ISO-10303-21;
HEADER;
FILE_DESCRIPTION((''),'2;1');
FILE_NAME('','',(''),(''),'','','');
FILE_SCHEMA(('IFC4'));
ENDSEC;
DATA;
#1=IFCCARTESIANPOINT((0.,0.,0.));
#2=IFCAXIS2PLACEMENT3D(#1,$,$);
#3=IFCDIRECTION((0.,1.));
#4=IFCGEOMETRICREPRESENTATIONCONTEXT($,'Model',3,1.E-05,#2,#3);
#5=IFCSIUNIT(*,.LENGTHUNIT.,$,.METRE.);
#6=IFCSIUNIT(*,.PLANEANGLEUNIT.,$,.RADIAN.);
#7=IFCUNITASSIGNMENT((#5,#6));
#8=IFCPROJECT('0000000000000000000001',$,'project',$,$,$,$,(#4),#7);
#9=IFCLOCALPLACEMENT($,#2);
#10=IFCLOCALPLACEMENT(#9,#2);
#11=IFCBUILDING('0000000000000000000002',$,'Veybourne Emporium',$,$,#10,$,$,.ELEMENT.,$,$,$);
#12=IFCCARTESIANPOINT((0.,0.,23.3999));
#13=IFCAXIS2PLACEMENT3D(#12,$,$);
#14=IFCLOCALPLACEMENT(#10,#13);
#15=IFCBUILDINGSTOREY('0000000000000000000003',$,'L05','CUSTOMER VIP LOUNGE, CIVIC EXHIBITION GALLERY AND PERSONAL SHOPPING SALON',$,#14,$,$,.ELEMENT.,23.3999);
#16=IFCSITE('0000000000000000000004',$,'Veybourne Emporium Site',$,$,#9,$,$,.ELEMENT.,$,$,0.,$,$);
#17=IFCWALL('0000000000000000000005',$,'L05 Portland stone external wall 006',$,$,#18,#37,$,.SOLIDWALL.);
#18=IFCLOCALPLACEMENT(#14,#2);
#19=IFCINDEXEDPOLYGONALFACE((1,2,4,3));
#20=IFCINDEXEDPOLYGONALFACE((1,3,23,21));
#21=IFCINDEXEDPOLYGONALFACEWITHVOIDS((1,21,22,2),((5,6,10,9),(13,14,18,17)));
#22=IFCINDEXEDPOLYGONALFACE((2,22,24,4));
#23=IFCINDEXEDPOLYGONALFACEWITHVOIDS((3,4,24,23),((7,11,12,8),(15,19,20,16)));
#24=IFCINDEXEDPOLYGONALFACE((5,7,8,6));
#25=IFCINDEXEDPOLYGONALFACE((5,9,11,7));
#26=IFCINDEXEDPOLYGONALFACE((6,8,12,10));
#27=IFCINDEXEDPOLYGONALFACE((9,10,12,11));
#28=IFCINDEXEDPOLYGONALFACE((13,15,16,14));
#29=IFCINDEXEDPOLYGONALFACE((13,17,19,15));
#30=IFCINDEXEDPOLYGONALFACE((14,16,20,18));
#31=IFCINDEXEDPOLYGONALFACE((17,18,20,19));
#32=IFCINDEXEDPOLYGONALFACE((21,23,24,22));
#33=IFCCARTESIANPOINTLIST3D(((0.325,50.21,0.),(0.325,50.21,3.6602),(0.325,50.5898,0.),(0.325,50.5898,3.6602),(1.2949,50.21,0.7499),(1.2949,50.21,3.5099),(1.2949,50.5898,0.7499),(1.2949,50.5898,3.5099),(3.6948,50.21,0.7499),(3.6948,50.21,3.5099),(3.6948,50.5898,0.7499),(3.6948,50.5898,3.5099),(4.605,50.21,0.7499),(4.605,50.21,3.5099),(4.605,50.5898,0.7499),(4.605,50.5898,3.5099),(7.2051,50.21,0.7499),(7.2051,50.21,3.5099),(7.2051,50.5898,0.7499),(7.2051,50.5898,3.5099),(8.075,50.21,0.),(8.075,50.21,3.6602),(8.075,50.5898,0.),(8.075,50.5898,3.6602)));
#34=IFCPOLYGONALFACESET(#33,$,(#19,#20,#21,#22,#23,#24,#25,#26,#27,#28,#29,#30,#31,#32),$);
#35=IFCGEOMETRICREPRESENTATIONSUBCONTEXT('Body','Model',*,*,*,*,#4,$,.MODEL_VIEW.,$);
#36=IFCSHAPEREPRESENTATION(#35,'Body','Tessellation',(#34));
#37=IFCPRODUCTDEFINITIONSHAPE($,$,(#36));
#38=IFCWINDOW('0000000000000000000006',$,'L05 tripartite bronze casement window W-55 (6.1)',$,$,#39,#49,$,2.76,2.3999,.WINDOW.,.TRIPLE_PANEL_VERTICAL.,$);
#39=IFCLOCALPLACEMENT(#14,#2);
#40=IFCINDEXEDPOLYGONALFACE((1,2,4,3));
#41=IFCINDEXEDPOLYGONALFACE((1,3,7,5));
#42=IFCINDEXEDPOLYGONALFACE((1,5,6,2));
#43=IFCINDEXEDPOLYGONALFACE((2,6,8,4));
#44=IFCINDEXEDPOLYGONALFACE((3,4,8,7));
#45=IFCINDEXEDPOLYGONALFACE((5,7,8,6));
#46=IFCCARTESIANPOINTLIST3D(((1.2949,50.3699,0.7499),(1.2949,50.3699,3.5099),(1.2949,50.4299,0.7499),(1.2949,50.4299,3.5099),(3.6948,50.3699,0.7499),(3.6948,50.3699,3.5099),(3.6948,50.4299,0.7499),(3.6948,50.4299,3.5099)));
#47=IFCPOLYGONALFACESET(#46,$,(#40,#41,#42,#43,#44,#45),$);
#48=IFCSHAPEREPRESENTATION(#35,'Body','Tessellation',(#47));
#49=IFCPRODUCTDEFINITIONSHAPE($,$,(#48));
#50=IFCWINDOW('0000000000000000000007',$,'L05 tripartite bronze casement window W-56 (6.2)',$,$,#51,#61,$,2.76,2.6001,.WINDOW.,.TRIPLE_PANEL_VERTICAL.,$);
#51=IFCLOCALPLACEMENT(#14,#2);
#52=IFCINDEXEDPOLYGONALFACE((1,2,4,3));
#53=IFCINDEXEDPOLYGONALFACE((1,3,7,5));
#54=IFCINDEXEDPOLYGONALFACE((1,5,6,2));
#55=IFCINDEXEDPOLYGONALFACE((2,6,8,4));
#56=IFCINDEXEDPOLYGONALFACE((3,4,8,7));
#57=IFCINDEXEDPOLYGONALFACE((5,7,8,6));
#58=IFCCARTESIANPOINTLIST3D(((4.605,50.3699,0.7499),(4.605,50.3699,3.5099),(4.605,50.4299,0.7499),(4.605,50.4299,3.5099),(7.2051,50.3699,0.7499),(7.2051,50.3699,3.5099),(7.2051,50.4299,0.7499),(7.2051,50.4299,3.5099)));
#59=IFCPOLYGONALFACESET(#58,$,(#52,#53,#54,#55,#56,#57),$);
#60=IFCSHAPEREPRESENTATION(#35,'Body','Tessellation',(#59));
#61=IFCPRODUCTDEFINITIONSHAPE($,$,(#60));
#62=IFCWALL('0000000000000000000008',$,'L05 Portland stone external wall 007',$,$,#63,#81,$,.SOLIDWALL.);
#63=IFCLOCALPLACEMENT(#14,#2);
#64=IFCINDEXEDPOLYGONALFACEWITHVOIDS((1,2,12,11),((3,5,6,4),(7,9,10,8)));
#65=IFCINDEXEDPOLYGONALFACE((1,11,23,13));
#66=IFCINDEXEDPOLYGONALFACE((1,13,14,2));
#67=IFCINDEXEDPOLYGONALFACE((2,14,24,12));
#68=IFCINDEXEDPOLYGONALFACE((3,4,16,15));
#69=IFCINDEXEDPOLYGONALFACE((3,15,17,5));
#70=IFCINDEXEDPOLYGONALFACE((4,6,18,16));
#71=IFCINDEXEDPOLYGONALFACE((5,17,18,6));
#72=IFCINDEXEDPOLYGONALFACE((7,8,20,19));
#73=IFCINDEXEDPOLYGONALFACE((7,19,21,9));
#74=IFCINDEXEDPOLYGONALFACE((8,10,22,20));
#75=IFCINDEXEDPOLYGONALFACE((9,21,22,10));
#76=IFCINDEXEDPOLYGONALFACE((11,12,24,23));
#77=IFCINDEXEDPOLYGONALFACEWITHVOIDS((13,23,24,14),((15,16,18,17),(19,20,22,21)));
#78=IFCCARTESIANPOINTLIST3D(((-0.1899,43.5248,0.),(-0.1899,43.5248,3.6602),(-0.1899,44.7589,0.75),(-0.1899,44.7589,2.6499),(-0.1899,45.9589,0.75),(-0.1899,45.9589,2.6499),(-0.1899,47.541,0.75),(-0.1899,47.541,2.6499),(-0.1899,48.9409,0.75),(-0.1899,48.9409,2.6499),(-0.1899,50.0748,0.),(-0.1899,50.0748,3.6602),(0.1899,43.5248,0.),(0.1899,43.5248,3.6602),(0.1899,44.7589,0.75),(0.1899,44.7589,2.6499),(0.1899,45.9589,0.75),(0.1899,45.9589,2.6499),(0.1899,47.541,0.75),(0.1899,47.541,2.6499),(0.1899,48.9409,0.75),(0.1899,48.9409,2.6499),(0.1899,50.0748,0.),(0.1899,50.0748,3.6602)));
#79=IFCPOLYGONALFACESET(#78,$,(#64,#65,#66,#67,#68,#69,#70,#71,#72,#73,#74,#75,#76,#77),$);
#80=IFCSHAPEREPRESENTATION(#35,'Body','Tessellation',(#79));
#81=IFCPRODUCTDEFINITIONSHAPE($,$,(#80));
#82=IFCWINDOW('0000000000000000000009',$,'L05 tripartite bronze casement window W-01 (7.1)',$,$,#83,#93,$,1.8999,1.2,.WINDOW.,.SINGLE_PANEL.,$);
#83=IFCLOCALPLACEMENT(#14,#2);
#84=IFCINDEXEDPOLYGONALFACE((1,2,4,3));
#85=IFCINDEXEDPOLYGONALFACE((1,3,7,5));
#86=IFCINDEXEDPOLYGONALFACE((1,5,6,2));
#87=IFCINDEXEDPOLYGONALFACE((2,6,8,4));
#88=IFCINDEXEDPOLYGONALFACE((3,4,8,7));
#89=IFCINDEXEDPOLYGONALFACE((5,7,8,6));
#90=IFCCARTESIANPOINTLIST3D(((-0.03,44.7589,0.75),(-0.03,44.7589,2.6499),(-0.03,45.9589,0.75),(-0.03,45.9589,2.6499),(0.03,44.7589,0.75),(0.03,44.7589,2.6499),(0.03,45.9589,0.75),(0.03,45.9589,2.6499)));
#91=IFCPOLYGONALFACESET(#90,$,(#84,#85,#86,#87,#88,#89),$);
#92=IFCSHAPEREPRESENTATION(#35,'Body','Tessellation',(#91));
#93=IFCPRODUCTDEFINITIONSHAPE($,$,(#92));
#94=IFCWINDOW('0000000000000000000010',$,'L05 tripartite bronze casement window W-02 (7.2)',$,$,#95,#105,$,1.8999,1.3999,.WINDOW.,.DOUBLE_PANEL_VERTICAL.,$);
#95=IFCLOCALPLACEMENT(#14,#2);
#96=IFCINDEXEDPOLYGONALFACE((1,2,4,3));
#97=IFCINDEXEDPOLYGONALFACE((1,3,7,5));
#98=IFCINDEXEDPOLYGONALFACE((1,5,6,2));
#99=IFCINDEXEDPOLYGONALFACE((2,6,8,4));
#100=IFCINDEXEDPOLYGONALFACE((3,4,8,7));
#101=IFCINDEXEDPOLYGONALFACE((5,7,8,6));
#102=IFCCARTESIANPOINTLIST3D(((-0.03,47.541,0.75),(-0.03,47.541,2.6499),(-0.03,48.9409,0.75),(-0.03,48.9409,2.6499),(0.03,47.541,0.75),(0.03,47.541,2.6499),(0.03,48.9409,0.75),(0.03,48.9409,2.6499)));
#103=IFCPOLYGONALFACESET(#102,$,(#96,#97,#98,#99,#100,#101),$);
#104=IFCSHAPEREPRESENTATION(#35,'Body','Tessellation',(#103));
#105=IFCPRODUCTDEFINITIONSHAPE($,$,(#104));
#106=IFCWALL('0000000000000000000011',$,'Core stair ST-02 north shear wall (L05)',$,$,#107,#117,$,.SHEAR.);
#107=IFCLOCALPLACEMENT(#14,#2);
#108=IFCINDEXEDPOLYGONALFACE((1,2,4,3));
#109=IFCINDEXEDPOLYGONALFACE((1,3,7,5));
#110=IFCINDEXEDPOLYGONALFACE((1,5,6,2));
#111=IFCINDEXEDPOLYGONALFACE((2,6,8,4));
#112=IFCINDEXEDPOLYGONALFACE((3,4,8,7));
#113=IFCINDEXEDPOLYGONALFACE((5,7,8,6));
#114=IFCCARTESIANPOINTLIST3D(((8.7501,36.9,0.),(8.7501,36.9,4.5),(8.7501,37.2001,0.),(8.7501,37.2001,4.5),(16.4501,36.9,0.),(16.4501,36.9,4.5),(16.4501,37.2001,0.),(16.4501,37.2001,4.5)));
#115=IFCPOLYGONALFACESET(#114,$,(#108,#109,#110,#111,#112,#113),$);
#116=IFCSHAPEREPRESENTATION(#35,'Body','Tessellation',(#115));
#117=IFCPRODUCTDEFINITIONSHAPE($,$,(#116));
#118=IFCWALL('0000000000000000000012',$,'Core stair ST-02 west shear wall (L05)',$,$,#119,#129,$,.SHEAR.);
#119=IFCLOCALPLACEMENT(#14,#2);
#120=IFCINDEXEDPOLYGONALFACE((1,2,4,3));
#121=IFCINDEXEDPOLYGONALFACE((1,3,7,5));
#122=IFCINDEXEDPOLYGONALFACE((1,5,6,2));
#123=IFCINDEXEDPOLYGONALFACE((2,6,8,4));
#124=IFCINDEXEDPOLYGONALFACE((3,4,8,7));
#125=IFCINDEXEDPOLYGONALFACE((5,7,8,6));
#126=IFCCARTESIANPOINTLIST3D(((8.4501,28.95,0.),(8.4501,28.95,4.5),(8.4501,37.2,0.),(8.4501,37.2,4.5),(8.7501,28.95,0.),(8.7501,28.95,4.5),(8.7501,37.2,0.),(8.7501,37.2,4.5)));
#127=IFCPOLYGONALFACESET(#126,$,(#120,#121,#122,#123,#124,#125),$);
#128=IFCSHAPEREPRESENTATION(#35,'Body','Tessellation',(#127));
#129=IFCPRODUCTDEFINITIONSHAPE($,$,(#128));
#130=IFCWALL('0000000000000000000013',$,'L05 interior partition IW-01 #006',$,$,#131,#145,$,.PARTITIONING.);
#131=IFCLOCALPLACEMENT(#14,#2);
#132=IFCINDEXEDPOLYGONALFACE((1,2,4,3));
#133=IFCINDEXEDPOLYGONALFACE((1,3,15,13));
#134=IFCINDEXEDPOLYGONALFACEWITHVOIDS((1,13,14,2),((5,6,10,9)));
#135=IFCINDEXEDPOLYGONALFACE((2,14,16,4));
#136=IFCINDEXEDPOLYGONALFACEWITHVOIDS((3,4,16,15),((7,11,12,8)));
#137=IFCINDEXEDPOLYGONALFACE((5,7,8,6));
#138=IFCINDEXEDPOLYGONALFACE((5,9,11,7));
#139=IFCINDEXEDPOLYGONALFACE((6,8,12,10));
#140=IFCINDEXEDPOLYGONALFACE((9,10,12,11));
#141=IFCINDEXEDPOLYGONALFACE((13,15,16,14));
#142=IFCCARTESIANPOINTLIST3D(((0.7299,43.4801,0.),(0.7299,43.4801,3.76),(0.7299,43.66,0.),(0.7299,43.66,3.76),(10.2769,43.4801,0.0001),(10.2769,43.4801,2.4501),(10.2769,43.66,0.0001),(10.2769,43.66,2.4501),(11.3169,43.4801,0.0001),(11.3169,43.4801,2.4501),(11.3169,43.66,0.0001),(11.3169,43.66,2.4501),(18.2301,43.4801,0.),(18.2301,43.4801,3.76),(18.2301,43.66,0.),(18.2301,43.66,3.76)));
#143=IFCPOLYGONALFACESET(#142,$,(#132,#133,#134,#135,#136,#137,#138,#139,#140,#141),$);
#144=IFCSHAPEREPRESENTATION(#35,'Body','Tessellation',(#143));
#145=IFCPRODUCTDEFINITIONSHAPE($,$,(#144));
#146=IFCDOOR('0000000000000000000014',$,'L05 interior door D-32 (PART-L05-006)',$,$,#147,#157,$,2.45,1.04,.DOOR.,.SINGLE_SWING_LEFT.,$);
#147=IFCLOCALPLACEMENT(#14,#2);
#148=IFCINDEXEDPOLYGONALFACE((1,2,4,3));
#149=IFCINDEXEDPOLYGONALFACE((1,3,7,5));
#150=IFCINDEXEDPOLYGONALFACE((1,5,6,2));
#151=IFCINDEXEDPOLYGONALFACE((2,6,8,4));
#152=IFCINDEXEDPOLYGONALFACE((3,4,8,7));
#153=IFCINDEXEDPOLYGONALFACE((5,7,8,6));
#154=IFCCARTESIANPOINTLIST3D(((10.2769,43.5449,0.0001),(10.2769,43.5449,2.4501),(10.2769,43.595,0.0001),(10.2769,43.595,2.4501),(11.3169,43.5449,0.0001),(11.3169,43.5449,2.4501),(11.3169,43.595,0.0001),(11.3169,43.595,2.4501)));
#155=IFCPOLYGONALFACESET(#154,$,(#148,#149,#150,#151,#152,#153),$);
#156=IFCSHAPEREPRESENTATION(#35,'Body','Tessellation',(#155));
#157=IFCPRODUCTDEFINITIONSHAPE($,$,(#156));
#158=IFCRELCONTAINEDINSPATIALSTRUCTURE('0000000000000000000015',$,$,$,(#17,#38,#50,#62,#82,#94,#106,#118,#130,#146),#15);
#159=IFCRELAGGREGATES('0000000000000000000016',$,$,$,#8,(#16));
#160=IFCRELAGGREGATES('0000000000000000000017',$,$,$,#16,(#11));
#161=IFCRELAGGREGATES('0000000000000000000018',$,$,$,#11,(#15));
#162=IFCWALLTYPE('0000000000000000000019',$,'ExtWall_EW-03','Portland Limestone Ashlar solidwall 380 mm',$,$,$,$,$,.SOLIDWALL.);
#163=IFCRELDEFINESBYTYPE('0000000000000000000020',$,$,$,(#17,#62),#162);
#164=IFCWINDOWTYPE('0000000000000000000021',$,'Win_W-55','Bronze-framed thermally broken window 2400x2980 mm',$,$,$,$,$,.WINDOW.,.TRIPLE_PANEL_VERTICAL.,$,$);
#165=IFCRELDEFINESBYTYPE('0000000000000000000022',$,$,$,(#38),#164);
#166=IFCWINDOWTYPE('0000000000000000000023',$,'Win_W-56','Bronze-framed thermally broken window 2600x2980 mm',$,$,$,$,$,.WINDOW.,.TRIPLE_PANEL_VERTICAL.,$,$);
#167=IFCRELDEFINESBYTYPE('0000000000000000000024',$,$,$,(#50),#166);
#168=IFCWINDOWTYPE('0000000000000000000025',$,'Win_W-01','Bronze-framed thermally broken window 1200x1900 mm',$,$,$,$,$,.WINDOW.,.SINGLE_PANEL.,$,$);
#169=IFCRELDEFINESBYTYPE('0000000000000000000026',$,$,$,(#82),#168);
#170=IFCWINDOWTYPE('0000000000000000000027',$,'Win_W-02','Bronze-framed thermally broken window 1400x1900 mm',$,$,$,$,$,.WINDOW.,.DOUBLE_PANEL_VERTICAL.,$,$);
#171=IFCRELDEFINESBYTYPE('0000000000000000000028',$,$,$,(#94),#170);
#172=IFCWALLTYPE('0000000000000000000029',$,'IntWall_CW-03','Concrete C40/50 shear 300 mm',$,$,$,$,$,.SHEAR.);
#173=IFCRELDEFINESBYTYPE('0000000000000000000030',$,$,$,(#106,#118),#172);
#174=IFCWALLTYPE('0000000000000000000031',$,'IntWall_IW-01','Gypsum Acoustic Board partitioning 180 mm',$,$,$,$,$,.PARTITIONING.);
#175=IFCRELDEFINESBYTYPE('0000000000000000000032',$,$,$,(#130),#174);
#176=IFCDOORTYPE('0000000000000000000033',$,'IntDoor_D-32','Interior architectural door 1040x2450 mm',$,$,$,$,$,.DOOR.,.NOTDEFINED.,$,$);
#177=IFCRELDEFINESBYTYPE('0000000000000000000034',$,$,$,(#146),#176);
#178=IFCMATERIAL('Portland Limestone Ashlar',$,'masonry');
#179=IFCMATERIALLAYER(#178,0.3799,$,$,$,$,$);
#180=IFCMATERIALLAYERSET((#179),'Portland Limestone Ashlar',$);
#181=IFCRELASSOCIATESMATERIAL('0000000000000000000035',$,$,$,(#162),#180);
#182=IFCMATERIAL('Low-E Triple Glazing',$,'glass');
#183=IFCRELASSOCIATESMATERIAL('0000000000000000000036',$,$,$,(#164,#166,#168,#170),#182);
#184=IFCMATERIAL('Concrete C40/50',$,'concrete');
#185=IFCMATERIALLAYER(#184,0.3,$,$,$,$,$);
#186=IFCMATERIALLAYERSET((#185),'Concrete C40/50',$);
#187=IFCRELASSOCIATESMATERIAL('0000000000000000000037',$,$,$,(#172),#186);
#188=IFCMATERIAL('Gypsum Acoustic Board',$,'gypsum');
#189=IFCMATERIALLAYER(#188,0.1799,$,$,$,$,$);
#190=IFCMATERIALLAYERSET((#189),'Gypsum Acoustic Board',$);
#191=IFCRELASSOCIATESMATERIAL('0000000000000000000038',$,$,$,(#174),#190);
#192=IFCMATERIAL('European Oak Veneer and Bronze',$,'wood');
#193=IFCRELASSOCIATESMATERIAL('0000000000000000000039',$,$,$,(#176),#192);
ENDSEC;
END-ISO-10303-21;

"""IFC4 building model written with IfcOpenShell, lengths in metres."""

from ifc_helpers import new_model, si_unit, direction, frame, frame_2d, origin, place, context, subcontext, project, spatial, rectangle, extrude, material, layer, layer_set, type_object, element, fill, save


model = new_model("IFC4")

# Units and contexts
model_context = context("Model", 3, precision=1e-05, world=origin(), true_north=direction((0.0, 1.0)))
body_context = subcontext(model_context, "Body", "Model", "MODEL_VIEW")
ifc_project = project(units=[si_unit("LENGTHUNIT", "METRE"), si_unit("PLANEANGLEUNIT", "RADIAN")], contexts=[model_context])

# Site, building, storey
site_placement = place(None, origin())
site = spatial("IfcSite", under=ifc_project, at=site_placement, Name="Veybourne Emporium Site", CompositionType="ELEMENT", RefElevation=0.0)
building_placement = place(site_placement, origin())
building = spatial("IfcBuilding", under=site, at=building_placement, Name="Veybourne Emporium", CompositionType="ELEMENT")
storey_placement = place(building_placement, frame((0.0, 0.0, 23.3999)))
storey = spatial("IfcBuildingStorey", under=building, at=storey_placement, Name="L05", Description="CUSTOMER VIP LOUNGE, CIVIC EXHIBITION GALLERY AND PERSONAL SHOPPING SALON", CompositionType="ELEMENT", Elevation=23.3999)

# Shared definitions
ifc_material_1 = material(Name="Concrete C40/50", Category="concrete")

# Walls, openings, windows
ifc_material_2 = material(Name="Portland Limestone Ashlar", Category="masonry")
ifc_layer_1 = layer(ifc_material_2, 0.3799)
ifc_layer_set_1 = layer_set([ifc_layer_1], Name="Portland Limestone Ashlar")
wall_type_1 = type_object("IfcWallType", Name="ExtWall_EW-03", Description="Portland Limestone Ashlar solidwall 380 mm", PredefinedType="SOLIDWALL", material=ifc_layer_set_1)
ifc_material_3 = material(Name="Low-E Triple Glazing", Category="glass")
wall_1_placement = place(storey_placement, frame((0.325, 50.3999, 0.0), z_axis=(0.0, 0.0, 1.0), x_axis=(1.0, 0.0, 0.0)))
wall_1 = element("IfcWall", 1, at=wall_1_placement, inside=storey, type_object=wall_type_1, Name="L05 Portland stone external wall 006", PredefinedType="SOLIDWALL", context=body_context, shape_type="SweptSolid", body=[
    extrude(rectangle(XDim=7.75, YDim=0.3799, at=frame_2d((3.875, 0.0))), origin(), (0.0, 0.0, 1.0), 3.6602),
])
opening_1_placement = place(wall_1_placement, frame((0.97, 0.0, 0.75)))
opening_1 = element("IfcOpeningElement", 2, at=opening_1_placement, cuts=wall_1, PredefinedType="OPENING", context=body_context, shape_type="SweptSolid", body=[
    extrude(rectangle(XDim=2.3999, YDim=2.76, at=frame_2d((1.2, 1.3799))), frame((0.0, 0.21, 0.0), z_axis=(0.0, -1.0, 0.0), x_axis=(1.0, 0.0, 0.0)), (0.0, 0.0, 1.0), 0.4199),
])
opening_2_placement = place(wall_1_placement, frame((4.28, 0.0, 0.75)))
opening_2 = element("IfcOpeningElement", 3, at=opening_2_placement, cuts=wall_1, PredefinedType="OPENING", context=body_context, shape_type="SweptSolid", body=[
    extrude(rectangle(XDim=2.6001, YDim=2.76, at=frame_2d((1.3, 1.3799))), frame((0.0, 0.21, 0.0), z_axis=(0.0, -1.0, 0.0), x_axis=(1.0, 0.0, 0.0)), (0.0, 0.0, 1.0), 0.4199),
])
window_type_1 = type_object("IfcWindowType", Name="Win_W-55", Description="Bronze-framed thermally broken window 2400x2980 mm", PartitioningType="TRIPLE_PANEL_VERTICAL", PredefinedType="WINDOW", material=ifc_material_3)
window_1_placement = place(opening_1_placement, origin())
window_1 = element("IfcWindow", 4, at=window_1_placement, inside=storey, type_object=window_type_1, Name="L05 tripartite bronze casement window W-55 (6.1)", OverallHeight=2.76, OverallWidth=2.3999, PartitioningType="TRIPLE_PANEL_VERTICAL", PredefinedType="WINDOW", context=body_context, shape_type="SweptSolid", body=[
    extrude(rectangle(XDim=2.3999, YDim=2.76, at=frame_2d((1.2, 1.3799))), frame((0.0, 0.03, 0.0), z_axis=(0.0, -1.0, 0.0), x_axis=(1.0, 0.0, 0.0)), (0.0, 0.0, 1.0), 0.0601),
])
fill(opening_1, window_1)
window_type_2 = type_object("IfcWindowType", Name="Win_W-56", Description="Bronze-framed thermally broken window 2600x2980 mm", PartitioningType="TRIPLE_PANEL_VERTICAL", PredefinedType="WINDOW", material=ifc_material_3)
window_2_placement = place(opening_2_placement, origin())
window_2 = element("IfcWindow", 5, at=window_2_placement, inside=storey, type_object=window_type_2, Name="L05 tripartite bronze casement window W-56 (6.2)", OverallHeight=2.76, OverallWidth=2.6001, PartitioningType="TRIPLE_PANEL_VERTICAL", PredefinedType="WINDOW", context=body_context, shape_type="SweptSolid", body=[
    extrude(rectangle(XDim=2.6001, YDim=2.76, at=frame_2d((1.3, 1.3799))), frame((0.0, 0.03, 0.0), z_axis=(0.0, -1.0, 0.0), x_axis=(1.0, 0.0, 0.0)), (0.0, 0.0, 1.0), 0.0601),
])
fill(opening_2, window_2)
wall_2_placement = place(storey_placement, frame((0.0, 43.5249, 0.0), z_axis=(0.0, 0.0, 1.0), x_axis=(0.0, 1.0, 0.0)))
wall_2 = element("IfcWall", 6, at=wall_2_placement, inside=storey, type_object=wall_type_1, Name="L05 Portland stone external wall 007", PredefinedType="SOLIDWALL", context=body_context, shape_type="SweptSolid", body=[
    extrude(rectangle(XDim=6.55, YDim=0.3799, at=frame_2d((3.2749, 0.0))), origin(), (0.0, 0.0, 1.0), 3.6602),
])
opening_3_placement = place(wall_2_placement, frame((1.2339, 0.0, 0.75)))
opening_3 = element("IfcOpeningElement", 7, at=opening_3_placement, cuts=wall_2, PredefinedType="OPENING", context=body_context, shape_type="SweptSolid", body=[
    extrude(rectangle(XDim=1.2, YDim=1.8999, at=frame_2d((0.6001, 0.95))), frame((0.0, 0.21, 0.0), z_axis=(0.0, -1.0, 0.0), x_axis=(1.0, 0.0, 0.0)), (0.0, 0.0, 1.0), 0.4199),
])
opening_4_placement = place(wall_2_placement, frame((4.0161, 0.0, 0.75)))
opening_4 = element("IfcOpeningElement", 8, at=opening_4_placement, cuts=wall_2, PredefinedType="OPENING", context=body_context, shape_type="SweptSolid", body=[
    extrude(rectangle(XDim=1.3999, YDim=1.8999, at=frame_2d((0.7, 0.95))), frame((0.0, 0.21, 0.0), z_axis=(0.0, -1.0, 0.0), x_axis=(1.0, 0.0, 0.0)), (0.0, 0.0, 1.0), 0.4199),
])
window_type_3 = type_object("IfcWindowType", Name="Win_W-01", Description="Bronze-framed thermally broken window 1200x1900 mm", PartitioningType="SINGLE_PANEL", PredefinedType="WINDOW", material=ifc_material_3)
window_3_placement = place(opening_3_placement, origin())
window_3 = element("IfcWindow", 9, at=window_3_placement, inside=storey, type_object=window_type_3, Name="L05 tripartite bronze casement window W-01 (7.1)", OverallHeight=1.8999, OverallWidth=1.2, PartitioningType="SINGLE_PANEL", PredefinedType="WINDOW", context=body_context, shape_type="SweptSolid", body=[
    extrude(rectangle(XDim=1.2, YDim=1.8999, at=frame_2d((0.6001, 0.95))), frame((0.0, 0.03, 0.0), z_axis=(0.0, -1.0, 0.0), x_axis=(1.0, 0.0, 0.0)), (0.0, 0.0, 1.0), 0.0601),
])
fill(opening_3, window_3)
window_type_4 = type_object("IfcWindowType", Name="Win_W-02", Description="Bronze-framed thermally broken window 1400x1900 mm", PartitioningType="DOUBLE_PANEL_VERTICAL", PredefinedType="WINDOW", material=ifc_material_3)
window_4_placement = place(opening_4_placement, origin())
window_4 = element("IfcWindow", 10, at=window_4_placement, inside=storey, type_object=window_type_4, Name="L05 tripartite bronze casement window W-02 (7.2)", OverallHeight=1.8999, OverallWidth=1.3999, PartitioningType="DOUBLE_PANEL_VERTICAL", PredefinedType="WINDOW", context=body_context, shape_type="SweptSolid", body=[
    extrude(rectangle(XDim=1.3999, YDim=1.8999, at=frame_2d((0.7, 0.95))), frame((0.0, 0.03, 0.0), z_axis=(0.0, -1.0, 0.0), x_axis=(1.0, 0.0, 0.0)), (0.0, 0.0, 1.0), 0.0601),
])
fill(opening_4, window_4)

# Walls
ifc_layer_2 = layer(ifc_material_1, 0.3)
ifc_layer_set_2 = layer_set([ifc_layer_2], Name="Concrete C40/50")
wall_type_2 = type_object("IfcWallType", Name="IntWall_CW-03", Description="Concrete C40/50 shear 300 mm", PredefinedType="SHEAR", material=ifc_layer_set_2)
wall_3_placement = place(storey_placement, frame((8.75, 37.05, 0.0), z_axis=(0.0, 0.0, 1.0), x_axis=(1.0, 0.0, 0.0)))
element("IfcWall", 11, at=wall_3_placement, inside=storey, type_object=wall_type_2, Name="Core stair ST-02 north shear wall (L05)", PredefinedType="SHEAR", context=body_context, shape_type="SweptSolid", body=[
    extrude(rectangle(XDim=7.7, YDim=0.3, at=frame_2d((3.8501, 0.0))), origin(), (0.0, 0.0, 1.0), 4.5),
])
wall_4_placement = place(storey_placement, frame((8.6001, 37.2, 0.0), z_axis=(0.0, 0.0, 1.0), x_axis=(0.0, -1.0, 0.0)))
element("IfcWall", 12, at=wall_4_placement, inside=storey, type_object=wall_type_2, Name="Core stair ST-02 west shear wall (L05)", PredefinedType="SHEAR", context=body_context, shape_type="SweptSolid", body=[
    extrude(rectangle(XDim=8.25, YDim=0.3, at=frame_2d((4.125, 0.0))), origin(), (0.0, 0.0, 1.0), 4.5),
])

# Wall, opening, door
ifc_material_4 = material(Name="Gypsum Acoustic Board", Category="gypsum")
ifc_layer_3 = layer(ifc_material_4, 0.1799)
ifc_layer_set_3 = layer_set([ifc_layer_3], Name="Gypsum Acoustic Board")
wall_type_3 = type_object("IfcWallType", Name="IntWall_IW-01", Description="Gypsum Acoustic Board partitioning 180 mm", PredefinedType="PARTITIONING", material=ifc_layer_set_3)
wall_5_placement = place(storey_placement, frame((0.73, 43.5701, 0.0), z_axis=(0.0, 0.0, 1.0), x_axis=(1.0, 0.0, 0.0)))
wall_5 = element("IfcWall", 13, at=wall_5_placement, inside=storey, type_object=wall_type_3, Name="L05 interior partition IW-01 #006", PredefinedType="PARTITIONING", context=body_context, shape_type="SweptSolid", body=[
    extrude(rectangle(XDim=17.5002, YDim=0.1799, at=frame_2d((8.75, 0.0))), origin(), (0.0, 0.0, 1.0), 3.76),
])
opening_5_placement = place(wall_5_placement, frame((9.5469, 0.0, 0.0)))
opening_5 = element("IfcOpeningElement", 14, at=opening_5_placement, cuts=wall_5, PredefinedType="OPENING", context=body_context, shape_type="SweptSolid", body=[
    extrude(rectangle(XDim=1.04, YDim=2.45, at=frame_2d((0.52, 1.2251))), frame((0.0, 0.1099, 0.0), z_axis=(0.0, -1.0, 0.0), x_axis=(1.0, 0.0, 0.0)), (0.0, 0.0, 1.0), 0.22),
])
ifc_material_5 = material(Name="European Oak Veneer and Bronze", Category="wood")
door_type_1 = type_object("IfcDoorType", Name="IntDoor_D-32", Description="Interior architectural door 1040x2450 mm", OperationType="NOTDEFINED", PredefinedType="DOOR", material=ifc_material_5)
door_1_placement = place(opening_5_placement, origin())
door_1 = element("IfcDoor", 15, at=door_1_placement, inside=storey, type_object=door_type_1, Name="L05 interior door D-32 (PART-L05-006)", OperationType="SINGLE_SWING_LEFT", OverallHeight=2.45, OverallWidth=1.04, PredefinedType="DOOR", context=body_context, shape_type="SweptSolid", body=[
    extrude(rectangle(XDim=1.04, YDim=2.45, at=frame_2d((0.52, 1.2251))), frame((0.0, 0.0249, 0.0), z_axis=(0.0, -1.0, 0.0), x_axis=(1.0, 0.0, 0.0)), (0.0, 0.0, 1.0), 0.05),
])
fill(opening_5, door_1)

save(model, "model.ifc")
